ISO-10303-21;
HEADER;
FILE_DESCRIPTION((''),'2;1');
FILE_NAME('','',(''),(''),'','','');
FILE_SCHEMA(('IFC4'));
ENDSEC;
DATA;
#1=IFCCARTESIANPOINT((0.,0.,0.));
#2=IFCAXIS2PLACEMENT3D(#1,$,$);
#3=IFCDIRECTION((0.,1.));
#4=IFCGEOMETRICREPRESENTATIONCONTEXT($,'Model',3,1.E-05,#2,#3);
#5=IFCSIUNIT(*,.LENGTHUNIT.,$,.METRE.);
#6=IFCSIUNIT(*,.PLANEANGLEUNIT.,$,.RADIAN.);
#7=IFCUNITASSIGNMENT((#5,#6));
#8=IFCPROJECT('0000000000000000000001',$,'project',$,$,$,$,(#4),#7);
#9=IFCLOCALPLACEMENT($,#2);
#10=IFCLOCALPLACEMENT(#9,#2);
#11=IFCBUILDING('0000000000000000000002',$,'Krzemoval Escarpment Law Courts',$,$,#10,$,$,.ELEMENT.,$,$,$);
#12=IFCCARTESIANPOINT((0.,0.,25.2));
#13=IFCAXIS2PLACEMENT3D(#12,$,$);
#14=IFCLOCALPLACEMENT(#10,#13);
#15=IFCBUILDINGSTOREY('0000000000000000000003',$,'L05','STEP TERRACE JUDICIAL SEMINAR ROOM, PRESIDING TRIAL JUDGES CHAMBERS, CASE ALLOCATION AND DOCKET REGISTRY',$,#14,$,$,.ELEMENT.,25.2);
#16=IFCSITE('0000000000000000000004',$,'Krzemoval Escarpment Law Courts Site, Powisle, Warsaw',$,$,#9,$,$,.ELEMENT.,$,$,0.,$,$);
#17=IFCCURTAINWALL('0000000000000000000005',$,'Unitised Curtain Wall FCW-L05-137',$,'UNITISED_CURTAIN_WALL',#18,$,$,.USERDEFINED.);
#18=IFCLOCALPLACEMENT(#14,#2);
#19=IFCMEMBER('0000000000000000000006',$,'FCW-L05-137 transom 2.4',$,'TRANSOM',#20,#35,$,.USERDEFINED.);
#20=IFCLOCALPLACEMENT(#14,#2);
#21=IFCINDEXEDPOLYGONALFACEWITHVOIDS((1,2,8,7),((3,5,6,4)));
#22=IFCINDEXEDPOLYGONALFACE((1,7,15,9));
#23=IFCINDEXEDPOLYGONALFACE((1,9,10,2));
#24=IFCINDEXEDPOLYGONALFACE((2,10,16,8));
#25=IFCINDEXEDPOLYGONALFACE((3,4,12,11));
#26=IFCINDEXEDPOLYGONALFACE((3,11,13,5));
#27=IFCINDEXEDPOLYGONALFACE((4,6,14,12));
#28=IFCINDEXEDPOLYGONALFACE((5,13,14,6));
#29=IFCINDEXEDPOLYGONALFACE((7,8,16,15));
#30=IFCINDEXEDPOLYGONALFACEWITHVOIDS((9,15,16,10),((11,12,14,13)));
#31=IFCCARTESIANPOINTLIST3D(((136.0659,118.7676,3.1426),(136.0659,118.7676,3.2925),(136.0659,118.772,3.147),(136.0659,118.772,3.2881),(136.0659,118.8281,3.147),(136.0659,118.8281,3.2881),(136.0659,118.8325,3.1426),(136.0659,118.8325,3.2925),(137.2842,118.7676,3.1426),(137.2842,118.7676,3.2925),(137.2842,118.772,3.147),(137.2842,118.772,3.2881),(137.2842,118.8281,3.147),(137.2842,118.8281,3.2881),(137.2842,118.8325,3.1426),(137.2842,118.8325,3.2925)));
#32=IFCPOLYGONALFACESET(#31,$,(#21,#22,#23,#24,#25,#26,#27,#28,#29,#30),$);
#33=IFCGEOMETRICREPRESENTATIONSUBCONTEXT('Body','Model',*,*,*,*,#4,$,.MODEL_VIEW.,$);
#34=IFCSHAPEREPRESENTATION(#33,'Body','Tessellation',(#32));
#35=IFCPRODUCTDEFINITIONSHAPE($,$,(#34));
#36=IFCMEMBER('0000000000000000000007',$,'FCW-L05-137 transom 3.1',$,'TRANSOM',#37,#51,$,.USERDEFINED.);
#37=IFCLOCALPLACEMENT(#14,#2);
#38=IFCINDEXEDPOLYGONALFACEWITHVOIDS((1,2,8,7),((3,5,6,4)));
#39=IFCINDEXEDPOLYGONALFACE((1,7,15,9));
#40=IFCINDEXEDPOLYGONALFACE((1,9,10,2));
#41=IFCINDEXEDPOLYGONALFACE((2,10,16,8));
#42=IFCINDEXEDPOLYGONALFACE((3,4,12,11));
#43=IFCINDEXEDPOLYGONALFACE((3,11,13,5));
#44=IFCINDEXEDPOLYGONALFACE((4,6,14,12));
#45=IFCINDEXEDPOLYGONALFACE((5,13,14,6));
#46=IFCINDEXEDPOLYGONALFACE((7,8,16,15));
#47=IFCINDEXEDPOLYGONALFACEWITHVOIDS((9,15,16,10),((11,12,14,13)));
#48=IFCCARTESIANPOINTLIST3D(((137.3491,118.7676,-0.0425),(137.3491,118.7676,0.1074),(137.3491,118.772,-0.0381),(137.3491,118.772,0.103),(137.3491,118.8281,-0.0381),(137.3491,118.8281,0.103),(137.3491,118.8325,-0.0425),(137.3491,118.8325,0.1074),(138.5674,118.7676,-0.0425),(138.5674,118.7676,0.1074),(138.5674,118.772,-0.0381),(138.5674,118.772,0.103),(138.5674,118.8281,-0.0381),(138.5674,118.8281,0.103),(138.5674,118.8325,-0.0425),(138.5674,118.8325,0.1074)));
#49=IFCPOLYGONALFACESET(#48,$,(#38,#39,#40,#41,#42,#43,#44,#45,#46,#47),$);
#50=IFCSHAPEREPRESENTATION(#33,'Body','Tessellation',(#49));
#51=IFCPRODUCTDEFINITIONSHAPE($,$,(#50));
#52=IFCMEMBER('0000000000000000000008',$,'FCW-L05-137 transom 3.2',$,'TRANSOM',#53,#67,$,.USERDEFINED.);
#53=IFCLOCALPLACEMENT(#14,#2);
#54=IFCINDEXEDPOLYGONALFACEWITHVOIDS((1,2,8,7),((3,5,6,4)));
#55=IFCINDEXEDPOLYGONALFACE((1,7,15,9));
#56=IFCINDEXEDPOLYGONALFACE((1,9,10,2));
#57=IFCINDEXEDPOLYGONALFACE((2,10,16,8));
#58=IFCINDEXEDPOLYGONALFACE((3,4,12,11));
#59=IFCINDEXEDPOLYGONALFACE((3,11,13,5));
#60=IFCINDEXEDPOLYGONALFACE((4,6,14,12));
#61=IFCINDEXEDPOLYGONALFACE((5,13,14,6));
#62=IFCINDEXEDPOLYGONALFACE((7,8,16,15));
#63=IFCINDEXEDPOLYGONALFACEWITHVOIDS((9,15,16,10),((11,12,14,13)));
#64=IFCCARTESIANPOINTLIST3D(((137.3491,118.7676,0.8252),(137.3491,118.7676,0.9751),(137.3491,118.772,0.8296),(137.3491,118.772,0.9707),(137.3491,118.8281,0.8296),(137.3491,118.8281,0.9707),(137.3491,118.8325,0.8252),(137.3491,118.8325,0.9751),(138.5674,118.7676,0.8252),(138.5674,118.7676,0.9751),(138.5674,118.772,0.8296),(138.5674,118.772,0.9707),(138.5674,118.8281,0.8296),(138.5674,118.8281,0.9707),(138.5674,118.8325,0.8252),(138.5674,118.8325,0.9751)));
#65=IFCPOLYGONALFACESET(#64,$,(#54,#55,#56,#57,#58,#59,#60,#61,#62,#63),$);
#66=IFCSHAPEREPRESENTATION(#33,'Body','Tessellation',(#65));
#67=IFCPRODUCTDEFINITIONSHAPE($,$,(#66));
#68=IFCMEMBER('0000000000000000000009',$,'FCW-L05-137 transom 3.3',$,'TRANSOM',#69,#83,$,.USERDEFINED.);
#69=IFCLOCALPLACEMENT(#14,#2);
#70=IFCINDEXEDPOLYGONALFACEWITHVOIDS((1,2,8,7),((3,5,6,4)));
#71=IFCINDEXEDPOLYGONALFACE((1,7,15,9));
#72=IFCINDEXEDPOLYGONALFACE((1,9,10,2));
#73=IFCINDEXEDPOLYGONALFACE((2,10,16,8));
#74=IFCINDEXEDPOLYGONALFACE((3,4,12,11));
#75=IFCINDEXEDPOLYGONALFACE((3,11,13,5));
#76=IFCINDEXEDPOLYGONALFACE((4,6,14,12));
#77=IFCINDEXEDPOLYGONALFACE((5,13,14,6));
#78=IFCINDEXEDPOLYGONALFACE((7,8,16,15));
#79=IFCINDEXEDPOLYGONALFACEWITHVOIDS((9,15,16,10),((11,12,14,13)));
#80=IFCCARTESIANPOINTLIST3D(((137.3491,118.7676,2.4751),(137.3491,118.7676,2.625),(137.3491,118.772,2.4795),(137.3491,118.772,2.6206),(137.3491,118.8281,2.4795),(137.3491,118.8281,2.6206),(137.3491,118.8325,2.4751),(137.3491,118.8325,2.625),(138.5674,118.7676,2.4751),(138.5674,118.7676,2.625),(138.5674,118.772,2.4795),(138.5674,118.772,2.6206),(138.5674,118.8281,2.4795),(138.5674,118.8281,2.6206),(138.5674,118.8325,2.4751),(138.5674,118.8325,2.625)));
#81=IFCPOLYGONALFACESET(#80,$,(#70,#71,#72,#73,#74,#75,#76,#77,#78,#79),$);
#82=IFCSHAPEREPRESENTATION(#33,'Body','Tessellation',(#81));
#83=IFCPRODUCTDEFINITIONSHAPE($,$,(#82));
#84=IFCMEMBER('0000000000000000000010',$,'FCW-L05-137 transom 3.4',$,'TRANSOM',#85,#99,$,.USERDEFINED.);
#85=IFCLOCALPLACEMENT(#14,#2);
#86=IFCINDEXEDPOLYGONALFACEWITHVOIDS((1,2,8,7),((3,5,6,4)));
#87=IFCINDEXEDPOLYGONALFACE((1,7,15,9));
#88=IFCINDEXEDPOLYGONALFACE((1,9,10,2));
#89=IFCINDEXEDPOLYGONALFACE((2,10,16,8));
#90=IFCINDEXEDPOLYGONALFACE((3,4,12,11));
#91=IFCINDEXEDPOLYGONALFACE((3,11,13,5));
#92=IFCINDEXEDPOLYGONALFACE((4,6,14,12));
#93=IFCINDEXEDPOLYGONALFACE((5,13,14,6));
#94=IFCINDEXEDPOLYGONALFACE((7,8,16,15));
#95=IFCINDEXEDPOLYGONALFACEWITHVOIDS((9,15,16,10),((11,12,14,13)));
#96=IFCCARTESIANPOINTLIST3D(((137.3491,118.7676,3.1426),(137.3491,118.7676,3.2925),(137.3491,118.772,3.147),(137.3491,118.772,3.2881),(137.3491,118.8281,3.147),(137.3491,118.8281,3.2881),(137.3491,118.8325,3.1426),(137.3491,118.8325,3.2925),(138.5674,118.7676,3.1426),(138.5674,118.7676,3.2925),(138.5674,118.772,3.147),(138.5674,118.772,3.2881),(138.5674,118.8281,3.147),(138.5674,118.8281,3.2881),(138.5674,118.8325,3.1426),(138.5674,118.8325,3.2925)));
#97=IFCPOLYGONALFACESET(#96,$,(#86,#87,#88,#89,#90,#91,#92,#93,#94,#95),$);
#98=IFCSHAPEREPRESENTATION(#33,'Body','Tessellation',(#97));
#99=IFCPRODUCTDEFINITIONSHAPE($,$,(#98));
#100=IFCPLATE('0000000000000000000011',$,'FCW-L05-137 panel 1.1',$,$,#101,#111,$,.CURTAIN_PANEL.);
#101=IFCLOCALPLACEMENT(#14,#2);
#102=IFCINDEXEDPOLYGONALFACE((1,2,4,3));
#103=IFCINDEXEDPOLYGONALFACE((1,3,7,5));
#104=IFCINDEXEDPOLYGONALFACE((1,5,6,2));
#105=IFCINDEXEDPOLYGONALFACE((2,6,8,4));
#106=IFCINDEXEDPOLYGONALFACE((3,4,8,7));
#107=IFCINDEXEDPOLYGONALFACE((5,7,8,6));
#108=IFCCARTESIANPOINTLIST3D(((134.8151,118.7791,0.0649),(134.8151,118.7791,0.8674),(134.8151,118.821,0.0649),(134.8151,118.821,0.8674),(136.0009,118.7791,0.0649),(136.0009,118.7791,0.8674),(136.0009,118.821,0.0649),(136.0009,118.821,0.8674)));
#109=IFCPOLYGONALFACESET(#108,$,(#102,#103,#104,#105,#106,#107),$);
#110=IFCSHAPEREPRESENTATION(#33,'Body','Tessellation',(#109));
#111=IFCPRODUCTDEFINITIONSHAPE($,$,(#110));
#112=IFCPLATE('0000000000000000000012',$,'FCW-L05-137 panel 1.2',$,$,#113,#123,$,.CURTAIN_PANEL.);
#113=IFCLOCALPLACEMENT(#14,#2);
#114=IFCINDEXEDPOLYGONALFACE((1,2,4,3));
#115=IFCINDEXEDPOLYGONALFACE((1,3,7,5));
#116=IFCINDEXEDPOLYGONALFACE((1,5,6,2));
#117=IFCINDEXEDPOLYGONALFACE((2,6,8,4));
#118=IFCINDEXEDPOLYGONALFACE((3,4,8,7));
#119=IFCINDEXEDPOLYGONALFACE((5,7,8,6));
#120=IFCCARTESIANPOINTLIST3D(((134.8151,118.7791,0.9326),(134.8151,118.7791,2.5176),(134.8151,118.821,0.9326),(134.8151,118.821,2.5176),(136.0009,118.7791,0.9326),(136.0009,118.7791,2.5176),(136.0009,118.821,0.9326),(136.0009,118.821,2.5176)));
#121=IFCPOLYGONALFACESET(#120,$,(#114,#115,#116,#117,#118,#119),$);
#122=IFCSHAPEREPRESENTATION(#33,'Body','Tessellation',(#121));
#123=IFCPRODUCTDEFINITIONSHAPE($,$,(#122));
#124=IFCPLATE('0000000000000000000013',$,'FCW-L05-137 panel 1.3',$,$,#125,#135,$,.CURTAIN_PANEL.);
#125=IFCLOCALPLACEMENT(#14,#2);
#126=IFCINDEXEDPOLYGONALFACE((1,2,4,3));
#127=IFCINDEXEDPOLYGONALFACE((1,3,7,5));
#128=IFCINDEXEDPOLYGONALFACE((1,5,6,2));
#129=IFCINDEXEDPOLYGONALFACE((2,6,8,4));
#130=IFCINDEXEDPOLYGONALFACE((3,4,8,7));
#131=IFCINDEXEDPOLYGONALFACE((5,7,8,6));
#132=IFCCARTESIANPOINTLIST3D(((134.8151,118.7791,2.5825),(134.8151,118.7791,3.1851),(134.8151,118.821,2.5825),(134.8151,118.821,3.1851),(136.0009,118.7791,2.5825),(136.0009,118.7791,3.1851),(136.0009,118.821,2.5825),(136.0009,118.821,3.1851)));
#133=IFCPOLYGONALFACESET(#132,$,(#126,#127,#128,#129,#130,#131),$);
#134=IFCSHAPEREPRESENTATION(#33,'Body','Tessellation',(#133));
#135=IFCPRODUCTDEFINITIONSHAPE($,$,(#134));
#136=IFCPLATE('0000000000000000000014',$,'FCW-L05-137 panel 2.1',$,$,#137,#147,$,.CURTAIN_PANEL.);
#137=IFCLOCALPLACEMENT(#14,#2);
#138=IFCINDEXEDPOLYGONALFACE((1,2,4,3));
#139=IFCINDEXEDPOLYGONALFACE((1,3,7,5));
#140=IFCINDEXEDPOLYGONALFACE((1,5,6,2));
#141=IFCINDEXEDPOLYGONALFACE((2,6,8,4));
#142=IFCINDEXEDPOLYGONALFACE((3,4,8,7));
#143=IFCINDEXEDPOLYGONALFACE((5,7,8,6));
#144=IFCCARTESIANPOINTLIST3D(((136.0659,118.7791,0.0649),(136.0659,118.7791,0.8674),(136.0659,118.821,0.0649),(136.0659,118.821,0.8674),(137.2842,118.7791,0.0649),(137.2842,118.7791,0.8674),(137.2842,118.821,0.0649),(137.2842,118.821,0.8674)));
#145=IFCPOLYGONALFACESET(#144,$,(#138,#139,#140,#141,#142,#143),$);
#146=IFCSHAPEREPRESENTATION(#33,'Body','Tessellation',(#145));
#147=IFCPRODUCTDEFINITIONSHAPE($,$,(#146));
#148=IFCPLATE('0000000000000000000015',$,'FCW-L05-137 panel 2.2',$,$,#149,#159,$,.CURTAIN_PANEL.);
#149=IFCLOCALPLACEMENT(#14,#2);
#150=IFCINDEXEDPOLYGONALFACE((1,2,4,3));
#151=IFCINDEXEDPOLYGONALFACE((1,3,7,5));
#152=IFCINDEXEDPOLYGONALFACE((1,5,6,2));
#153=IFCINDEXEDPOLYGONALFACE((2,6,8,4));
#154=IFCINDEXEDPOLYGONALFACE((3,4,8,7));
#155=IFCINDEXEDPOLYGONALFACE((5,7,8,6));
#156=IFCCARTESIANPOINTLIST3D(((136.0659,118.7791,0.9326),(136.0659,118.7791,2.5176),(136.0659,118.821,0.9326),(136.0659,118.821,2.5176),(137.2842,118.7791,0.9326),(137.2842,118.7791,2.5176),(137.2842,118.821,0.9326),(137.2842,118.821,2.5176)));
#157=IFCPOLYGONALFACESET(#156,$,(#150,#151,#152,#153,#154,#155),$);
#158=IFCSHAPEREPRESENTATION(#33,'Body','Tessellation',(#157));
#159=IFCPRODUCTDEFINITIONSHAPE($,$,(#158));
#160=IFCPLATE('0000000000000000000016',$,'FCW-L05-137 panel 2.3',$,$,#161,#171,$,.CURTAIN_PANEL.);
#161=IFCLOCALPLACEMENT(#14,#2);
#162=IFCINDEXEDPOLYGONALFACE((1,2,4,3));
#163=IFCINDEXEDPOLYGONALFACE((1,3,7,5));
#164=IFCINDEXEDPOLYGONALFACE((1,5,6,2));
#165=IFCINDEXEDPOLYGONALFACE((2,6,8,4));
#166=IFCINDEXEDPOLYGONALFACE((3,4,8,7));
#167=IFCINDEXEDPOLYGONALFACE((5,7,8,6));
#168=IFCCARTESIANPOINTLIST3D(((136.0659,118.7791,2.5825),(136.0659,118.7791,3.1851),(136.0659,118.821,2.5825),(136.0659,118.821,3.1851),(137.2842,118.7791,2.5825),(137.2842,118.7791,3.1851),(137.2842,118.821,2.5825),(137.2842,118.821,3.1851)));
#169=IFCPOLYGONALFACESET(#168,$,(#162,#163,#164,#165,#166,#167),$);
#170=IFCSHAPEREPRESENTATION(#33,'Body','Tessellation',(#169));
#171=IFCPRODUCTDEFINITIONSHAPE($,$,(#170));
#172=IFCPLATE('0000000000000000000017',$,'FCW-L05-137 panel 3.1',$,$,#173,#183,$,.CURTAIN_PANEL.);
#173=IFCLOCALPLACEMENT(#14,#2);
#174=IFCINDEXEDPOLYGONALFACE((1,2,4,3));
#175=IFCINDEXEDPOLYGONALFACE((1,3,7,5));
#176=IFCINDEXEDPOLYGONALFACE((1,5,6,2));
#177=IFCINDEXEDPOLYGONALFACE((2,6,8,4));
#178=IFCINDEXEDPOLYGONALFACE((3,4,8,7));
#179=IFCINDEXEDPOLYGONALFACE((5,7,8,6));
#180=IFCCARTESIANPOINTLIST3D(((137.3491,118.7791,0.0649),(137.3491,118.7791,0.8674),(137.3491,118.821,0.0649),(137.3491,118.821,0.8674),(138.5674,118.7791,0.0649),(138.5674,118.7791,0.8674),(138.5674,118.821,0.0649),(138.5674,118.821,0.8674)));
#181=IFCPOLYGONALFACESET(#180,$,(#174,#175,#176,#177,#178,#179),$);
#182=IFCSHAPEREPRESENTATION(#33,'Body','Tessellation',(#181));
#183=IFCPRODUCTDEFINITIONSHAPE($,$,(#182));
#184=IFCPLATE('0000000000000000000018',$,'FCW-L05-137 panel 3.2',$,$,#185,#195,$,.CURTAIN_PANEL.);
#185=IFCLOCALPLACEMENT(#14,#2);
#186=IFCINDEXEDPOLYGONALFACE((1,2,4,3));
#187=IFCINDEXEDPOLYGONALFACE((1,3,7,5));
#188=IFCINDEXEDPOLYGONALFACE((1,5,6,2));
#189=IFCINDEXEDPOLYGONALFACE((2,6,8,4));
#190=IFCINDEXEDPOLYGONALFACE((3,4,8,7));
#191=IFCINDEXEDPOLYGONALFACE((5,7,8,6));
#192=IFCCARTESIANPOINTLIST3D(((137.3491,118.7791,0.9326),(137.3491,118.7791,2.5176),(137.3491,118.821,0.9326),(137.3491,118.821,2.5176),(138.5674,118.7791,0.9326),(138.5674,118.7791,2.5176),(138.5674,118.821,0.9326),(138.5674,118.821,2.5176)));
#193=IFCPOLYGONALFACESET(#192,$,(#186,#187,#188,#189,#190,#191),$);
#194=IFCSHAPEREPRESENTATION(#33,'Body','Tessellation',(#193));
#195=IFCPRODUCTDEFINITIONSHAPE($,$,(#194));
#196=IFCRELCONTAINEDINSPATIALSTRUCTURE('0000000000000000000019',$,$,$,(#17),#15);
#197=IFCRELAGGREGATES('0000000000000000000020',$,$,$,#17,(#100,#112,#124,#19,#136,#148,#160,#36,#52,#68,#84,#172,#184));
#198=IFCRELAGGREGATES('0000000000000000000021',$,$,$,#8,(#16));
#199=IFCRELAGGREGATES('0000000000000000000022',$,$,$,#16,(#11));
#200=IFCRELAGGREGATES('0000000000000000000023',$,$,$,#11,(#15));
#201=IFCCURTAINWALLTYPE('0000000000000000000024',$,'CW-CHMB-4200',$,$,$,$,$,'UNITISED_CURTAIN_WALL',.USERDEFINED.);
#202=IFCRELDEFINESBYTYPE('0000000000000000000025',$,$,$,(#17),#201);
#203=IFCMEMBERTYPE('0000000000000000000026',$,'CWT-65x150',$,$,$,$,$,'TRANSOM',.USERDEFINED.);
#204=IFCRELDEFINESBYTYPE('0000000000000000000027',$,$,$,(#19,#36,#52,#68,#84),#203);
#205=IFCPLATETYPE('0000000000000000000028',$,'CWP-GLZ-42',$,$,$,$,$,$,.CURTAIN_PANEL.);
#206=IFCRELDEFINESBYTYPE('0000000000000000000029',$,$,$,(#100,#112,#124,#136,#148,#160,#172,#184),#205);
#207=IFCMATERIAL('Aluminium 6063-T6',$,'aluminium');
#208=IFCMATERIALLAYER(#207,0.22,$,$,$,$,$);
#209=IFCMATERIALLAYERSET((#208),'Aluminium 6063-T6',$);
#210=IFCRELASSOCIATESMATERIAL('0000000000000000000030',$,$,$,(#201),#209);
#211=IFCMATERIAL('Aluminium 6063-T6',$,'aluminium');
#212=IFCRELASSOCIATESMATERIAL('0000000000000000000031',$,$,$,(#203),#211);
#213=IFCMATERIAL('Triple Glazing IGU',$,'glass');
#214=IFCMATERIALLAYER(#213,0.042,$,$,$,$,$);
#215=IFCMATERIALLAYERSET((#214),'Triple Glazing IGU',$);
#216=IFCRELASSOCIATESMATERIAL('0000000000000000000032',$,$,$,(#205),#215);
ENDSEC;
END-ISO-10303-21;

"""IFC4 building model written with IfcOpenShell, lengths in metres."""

from ifc_helpers import new_model, si_unit, direction, frame, origin, origin_2d, place, context, subcontext, project, spatial, rectangle, hollow_rectangle, extrude, material, layer, layer_set, material_profile, profile_set, type_object, element, aggregate, save


model = new_model("IFC4")

# Units and contexts
model_context = context("Model", 3, precision=1e-05, world=origin(), true_north=direction((0.0, 1.0)))
body_context = subcontext(model_context, "Body", "Model", "MODEL_VIEW")
ifc_project = project(units=[si_unit("LENGTHUNIT", "METRE"), si_unit("PLANEANGLEUNIT", "RADIAN")], contexts=[model_context])

# Site, building, storey
site_placement = place(None, origin())
site = spatial("IfcSite", under=ifc_project, at=site_placement, Name="Krzemoval Escarpment Law Courts Site, Powisle, Warsaw", CompositionType="ELEMENT", RefElevation=0.0)
building_placement = place(site_placement, origin())
building = spatial("IfcBuilding", under=site, at=building_placement, Name="Krzemoval Escarpment Law Courts", CompositionType="ELEMENT")
storey_placement = place(building_placement, frame((0.0, 0.0, 25.2)))
storey = spatial("IfcBuildingStorey", under=building, at=storey_placement, Name="L05", Description="STEP TERRACE JUDICIAL SEMINAR ROOM, PRESIDING TRIAL JUDGES CHAMBERS, CASE ALLOCATION AND DOCKET REGISTRY", CompositionType="ELEMENT", Elevation=25.2)

# Curtain wall, members, plates
ifc_material_1 = material(Name="Aluminium 6063-T6", Category="aluminium")
ifc_layer_1 = layer(ifc_material_1, 0.22)
ifc_layer_set_1 = layer_set([ifc_layer_1], Name="Aluminium 6063-T6")
curtain_wall_type = type_object("IfcCurtainWallType", Name="CW-CHMB-4200", ElementType="UNITISED_CURTAIN_WALL", PredefinedType="USERDEFINED", material=ifc_layer_set_1)
curtain_wall_placement = place(storey_placement, origin())
curtain_wall = element("IfcCurtainWall", 1, at=curtain_wall_placement, inside=storey, type_object=curtain_wall_type, Name="Unitised Curtain Wall FCW-L05-137", ObjectType="UNITISED_CURTAIN_WALL", PredefinedType="USERDEFINED")
ifc_material_2 = material(Name="Aluminium 6063-T6", Category="aluminium")
ifc_material_profile_1 = material_profile(ifc_material_2, hollow_rectangle(XDim=0.0649, YDim=0.1499, WallThickness=0.0044, at=origin_2d()), Name="ALU T65x150")
ifc_profile_set_1 = profile_set([ifc_material_profile_1], Name="Aluminium 6063-T6")
member_type_1 = type_object("IfcMemberType", Name="CWT-65x150", ElementType="TRANSOM", PredefinedType="USERDEFINED", material=ifc_profile_set_1)
member_1_placement = place(storey_placement, frame((136.0659, 118.8, 3.2175), z_axis=(1.0, 0.0, 0.0), x_axis=(0.0, 1.0, 0.0)))
member_1 = element("IfcMember", 2, at=member_1_placement, type_object=member_type_1, Name="FCW-L05-137 transom 2.4", ObjectType="TRANSOM", PredefinedType="USERDEFINED", context=body_context, shape_type="SweptSolid", body=[
    extrude(hollow_rectangle(XDim=0.0649, YDim=0.1499, WallThickness=0.0044, at=origin_2d()), origin(), (0.0, 0.0, 1.0), 1.2183),
])
member_2_placement = place(storey_placement, frame((137.3491, 118.8, 0.0325), z_axis=(1.0, 0.0, 0.0), x_axis=(0.0, 1.0, 0.0)))
member_2 = element("IfcMember", 3, at=member_2_placement, type_object=member_type_1, Name="FCW-L05-137 transom 3.1", ObjectType="TRANSOM", PredefinedType="USERDEFINED", context=body_context, shape_type="SweptSolid", body=[
    extrude(hollow_rectangle(XDim=0.0649, YDim=0.1499, WallThickness=0.0044, at=origin_2d()), origin(), (0.0, 0.0, 1.0), 1.2183),
])
member_3_placement = place(storey_placement, frame((137.3491, 118.8, 0.9001), z_axis=(1.0, 0.0, 0.0), x_axis=(0.0, 1.0, 0.0)))
member_3 = element("IfcMember", 4, at=member_3_placement, type_object=member_type_1, Name="FCW-L05-137 transom 3.2", ObjectType="TRANSOM", PredefinedType="USERDEFINED", context=body_context, shape_type="SweptSolid", body=[
    extrude(hollow_rectangle(XDim=0.0649, YDim=0.1499, WallThickness=0.0044, at=origin_2d()), origin(), (0.0, 0.0, 1.0), 1.2183),
])
member_4_placement = place(storey_placement, frame((137.3491, 118.8, 2.55), z_axis=(1.0, 0.0, 0.0), x_axis=(0.0, 1.0, 0.0)))
member_4 = element("IfcMember", 5, at=member_4_placement, type_object=member_type_1, Name="FCW-L05-137 transom 3.3", ObjectType="TRANSOM", PredefinedType="USERDEFINED", context=body_context, shape_type="SweptSolid", body=[
    extrude(hollow_rectangle(XDim=0.0649, YDim=0.1499, WallThickness=0.0044, at=origin_2d()), origin(), (0.0, 0.0, 1.0), 1.2183),
])
member_5_placement = place(storey_placement, frame((137.3491, 118.8, 3.2175), z_axis=(1.0, 0.0, 0.0), x_axis=(0.0, 1.0, 0.0)))
member_5 = element("IfcMember", 6, at=member_5_placement, type_object=member_type_1, Name="FCW-L05-137 transom 3.4", ObjectType="TRANSOM", PredefinedType="USERDEFINED", context=body_context, shape_type="SweptSolid", body=[
    extrude(hollow_rectangle(XDim=0.0649, YDim=0.1499, WallThickness=0.0044, at=origin_2d()), origin(), (0.0, 0.0, 1.0), 1.2183),
])
ifc_material_3 = material(Name="Triple Glazing IGU", Category="glass")
ifc_layer_2 = layer(ifc_material_3, 0.042)
ifc_layer_set_2 = layer_set([ifc_layer_2], Name="Triple Glazing IGU")
plate_type = type_object("IfcPlateType", Name="CWP-GLZ-42", PredefinedType="CURTAIN_PANEL", material=ifc_layer_set_2)
plate_1_placement = place(storey_placement, frame((135.408, 118.8, 0.0649), z_axis=(0.0, 0.0, 1.0), x_axis=(1.0, 0.0, 0.0)))
plate_1 = element("IfcPlate", 7, at=plate_1_placement, type_object=plate_type, Name="FCW-L05-137 panel 1.1", PredefinedType="CURTAIN_PANEL", context=body_context, shape_type="SweptSolid", body=[
    extrude(rectangle(XDim=1.1858, YDim=0.042, at=origin_2d()), origin(), (0.0, 0.0, 1.0), 0.8025),
])
plate_2_placement = place(storey_placement, frame((135.408, 118.8, 0.9326), z_axis=(0.0, 0.0, 1.0), x_axis=(1.0, 0.0, 0.0)))
plate_2 = element("IfcPlate", 8, at=plate_2_placement, type_object=plate_type, Name="FCW-L05-137 panel 1.2", PredefinedType="CURTAIN_PANEL", context=body_context, shape_type="SweptSolid", body=[
    extrude(rectangle(XDim=1.1858, YDim=0.042, at=origin_2d()), origin(), (0.0, 0.0, 1.0), 1.585),
])
plate_3_placement = place(storey_placement, frame((135.408, 118.8, 2.5825), z_axis=(0.0, 0.0, 1.0), x_axis=(1.0, 0.0, 0.0)))
plate_3 = element("IfcPlate", 9, at=plate_3_placement, type_object=plate_type, Name="FCW-L05-137 panel 1.3", PredefinedType="CURTAIN_PANEL", context=body_context, shape_type="SweptSolid", body=[
    extrude(rectangle(XDim=1.1858, YDim=0.042, at=origin_2d()), origin(), (0.0, 0.0, 1.0), 0.6025),
])
plate_4_placement = place(storey_placement, frame((136.675, 118.8, 0.0649), z_axis=(0.0, 0.0, 1.0), x_axis=(1.0, 0.0, 0.0)))
plate_4 = element("IfcPlate", 10, at=plate_4_placement, type_object=plate_type, Name="FCW-L05-137 panel 2.1", PredefinedType="CURTAIN_PANEL", context=body_context, shape_type="SweptSolid", body=[
    extrude(rectangle(XDim=1.2183, YDim=0.042, at=origin_2d()), origin(), (0.0, 0.0, 1.0), 0.8025),
])
plate_5_placement = place(storey_placement, frame((136.675, 118.8, 0.9326), z_axis=(0.0, 0.0, 1.0), x_axis=(1.0, 0.0, 0.0)))
plate_5 = element("IfcPlate", 11, at=plate_5_placement, type_object=plate_type, Name="FCW-L05-137 panel 2.2", PredefinedType="CURTAIN_PANEL", context=body_context, shape_type="SweptSolid", body=[
    extrude(rectangle(XDim=1.2183, YDim=0.042, at=origin_2d()), origin(), (0.0, 0.0, 1.0), 1.585),
])
plate_6_placement = place(storey_placement, frame((136.675, 118.8, 2.5825), z_axis=(0.0, 0.0, 1.0), x_axis=(1.0, 0.0, 0.0)))
plate_6 = element("IfcPlate", 12, at=plate_6_placement, type_object=plate_type, Name="FCW-L05-137 panel 2.3", PredefinedType="CURTAIN_PANEL", context=body_context, shape_type="SweptSolid", body=[
    extrude(rectangle(XDim=1.2183, YDim=0.042, at=origin_2d()), origin(), (0.0, 0.0, 1.0), 0.6025),
])
plate_7_placement = place(storey_placement, frame((137.9583, 118.8, 0.0649), z_axis=(0.0, 0.0, 1.0), x_axis=(1.0, 0.0, 0.0)))
plate_7 = element("IfcPlate", 13, at=plate_7_placement, type_object=plate_type, Name="FCW-L05-137 panel 3.1", PredefinedType="CURTAIN_PANEL", context=body_context, shape_type="SweptSolid", body=[
    extrude(rectangle(XDim=1.2183, YDim=0.042, at=origin_2d()), origin(), (0.0, 0.0, 1.0), 0.8025),
])
plate_8_placement = place(storey_placement, frame((137.9583, 118.8, 0.9326), z_axis=(0.0, 0.0, 1.0), x_axis=(1.0, 0.0, 0.0)))
plate_8 = element("IfcPlate", 14, at=plate_8_placement, type_object=plate_type, Name="FCW-L05-137 panel 3.2", PredefinedType="CURTAIN_PANEL", context=body_context, shape_type="SweptSolid", body=[
    extrude(rectangle(XDim=1.2183, YDim=0.042, at=origin_2d()), origin(), (0.0, 0.0, 1.0), 1.585),
])
aggregate(curtain_wall, [plate_1, plate_2, plate_3, member_1, plate_4, plate_5, plate_6, member_2, member_3, member_4, member_5, plate_7, plate_8])

save(model, "model.ifc")
